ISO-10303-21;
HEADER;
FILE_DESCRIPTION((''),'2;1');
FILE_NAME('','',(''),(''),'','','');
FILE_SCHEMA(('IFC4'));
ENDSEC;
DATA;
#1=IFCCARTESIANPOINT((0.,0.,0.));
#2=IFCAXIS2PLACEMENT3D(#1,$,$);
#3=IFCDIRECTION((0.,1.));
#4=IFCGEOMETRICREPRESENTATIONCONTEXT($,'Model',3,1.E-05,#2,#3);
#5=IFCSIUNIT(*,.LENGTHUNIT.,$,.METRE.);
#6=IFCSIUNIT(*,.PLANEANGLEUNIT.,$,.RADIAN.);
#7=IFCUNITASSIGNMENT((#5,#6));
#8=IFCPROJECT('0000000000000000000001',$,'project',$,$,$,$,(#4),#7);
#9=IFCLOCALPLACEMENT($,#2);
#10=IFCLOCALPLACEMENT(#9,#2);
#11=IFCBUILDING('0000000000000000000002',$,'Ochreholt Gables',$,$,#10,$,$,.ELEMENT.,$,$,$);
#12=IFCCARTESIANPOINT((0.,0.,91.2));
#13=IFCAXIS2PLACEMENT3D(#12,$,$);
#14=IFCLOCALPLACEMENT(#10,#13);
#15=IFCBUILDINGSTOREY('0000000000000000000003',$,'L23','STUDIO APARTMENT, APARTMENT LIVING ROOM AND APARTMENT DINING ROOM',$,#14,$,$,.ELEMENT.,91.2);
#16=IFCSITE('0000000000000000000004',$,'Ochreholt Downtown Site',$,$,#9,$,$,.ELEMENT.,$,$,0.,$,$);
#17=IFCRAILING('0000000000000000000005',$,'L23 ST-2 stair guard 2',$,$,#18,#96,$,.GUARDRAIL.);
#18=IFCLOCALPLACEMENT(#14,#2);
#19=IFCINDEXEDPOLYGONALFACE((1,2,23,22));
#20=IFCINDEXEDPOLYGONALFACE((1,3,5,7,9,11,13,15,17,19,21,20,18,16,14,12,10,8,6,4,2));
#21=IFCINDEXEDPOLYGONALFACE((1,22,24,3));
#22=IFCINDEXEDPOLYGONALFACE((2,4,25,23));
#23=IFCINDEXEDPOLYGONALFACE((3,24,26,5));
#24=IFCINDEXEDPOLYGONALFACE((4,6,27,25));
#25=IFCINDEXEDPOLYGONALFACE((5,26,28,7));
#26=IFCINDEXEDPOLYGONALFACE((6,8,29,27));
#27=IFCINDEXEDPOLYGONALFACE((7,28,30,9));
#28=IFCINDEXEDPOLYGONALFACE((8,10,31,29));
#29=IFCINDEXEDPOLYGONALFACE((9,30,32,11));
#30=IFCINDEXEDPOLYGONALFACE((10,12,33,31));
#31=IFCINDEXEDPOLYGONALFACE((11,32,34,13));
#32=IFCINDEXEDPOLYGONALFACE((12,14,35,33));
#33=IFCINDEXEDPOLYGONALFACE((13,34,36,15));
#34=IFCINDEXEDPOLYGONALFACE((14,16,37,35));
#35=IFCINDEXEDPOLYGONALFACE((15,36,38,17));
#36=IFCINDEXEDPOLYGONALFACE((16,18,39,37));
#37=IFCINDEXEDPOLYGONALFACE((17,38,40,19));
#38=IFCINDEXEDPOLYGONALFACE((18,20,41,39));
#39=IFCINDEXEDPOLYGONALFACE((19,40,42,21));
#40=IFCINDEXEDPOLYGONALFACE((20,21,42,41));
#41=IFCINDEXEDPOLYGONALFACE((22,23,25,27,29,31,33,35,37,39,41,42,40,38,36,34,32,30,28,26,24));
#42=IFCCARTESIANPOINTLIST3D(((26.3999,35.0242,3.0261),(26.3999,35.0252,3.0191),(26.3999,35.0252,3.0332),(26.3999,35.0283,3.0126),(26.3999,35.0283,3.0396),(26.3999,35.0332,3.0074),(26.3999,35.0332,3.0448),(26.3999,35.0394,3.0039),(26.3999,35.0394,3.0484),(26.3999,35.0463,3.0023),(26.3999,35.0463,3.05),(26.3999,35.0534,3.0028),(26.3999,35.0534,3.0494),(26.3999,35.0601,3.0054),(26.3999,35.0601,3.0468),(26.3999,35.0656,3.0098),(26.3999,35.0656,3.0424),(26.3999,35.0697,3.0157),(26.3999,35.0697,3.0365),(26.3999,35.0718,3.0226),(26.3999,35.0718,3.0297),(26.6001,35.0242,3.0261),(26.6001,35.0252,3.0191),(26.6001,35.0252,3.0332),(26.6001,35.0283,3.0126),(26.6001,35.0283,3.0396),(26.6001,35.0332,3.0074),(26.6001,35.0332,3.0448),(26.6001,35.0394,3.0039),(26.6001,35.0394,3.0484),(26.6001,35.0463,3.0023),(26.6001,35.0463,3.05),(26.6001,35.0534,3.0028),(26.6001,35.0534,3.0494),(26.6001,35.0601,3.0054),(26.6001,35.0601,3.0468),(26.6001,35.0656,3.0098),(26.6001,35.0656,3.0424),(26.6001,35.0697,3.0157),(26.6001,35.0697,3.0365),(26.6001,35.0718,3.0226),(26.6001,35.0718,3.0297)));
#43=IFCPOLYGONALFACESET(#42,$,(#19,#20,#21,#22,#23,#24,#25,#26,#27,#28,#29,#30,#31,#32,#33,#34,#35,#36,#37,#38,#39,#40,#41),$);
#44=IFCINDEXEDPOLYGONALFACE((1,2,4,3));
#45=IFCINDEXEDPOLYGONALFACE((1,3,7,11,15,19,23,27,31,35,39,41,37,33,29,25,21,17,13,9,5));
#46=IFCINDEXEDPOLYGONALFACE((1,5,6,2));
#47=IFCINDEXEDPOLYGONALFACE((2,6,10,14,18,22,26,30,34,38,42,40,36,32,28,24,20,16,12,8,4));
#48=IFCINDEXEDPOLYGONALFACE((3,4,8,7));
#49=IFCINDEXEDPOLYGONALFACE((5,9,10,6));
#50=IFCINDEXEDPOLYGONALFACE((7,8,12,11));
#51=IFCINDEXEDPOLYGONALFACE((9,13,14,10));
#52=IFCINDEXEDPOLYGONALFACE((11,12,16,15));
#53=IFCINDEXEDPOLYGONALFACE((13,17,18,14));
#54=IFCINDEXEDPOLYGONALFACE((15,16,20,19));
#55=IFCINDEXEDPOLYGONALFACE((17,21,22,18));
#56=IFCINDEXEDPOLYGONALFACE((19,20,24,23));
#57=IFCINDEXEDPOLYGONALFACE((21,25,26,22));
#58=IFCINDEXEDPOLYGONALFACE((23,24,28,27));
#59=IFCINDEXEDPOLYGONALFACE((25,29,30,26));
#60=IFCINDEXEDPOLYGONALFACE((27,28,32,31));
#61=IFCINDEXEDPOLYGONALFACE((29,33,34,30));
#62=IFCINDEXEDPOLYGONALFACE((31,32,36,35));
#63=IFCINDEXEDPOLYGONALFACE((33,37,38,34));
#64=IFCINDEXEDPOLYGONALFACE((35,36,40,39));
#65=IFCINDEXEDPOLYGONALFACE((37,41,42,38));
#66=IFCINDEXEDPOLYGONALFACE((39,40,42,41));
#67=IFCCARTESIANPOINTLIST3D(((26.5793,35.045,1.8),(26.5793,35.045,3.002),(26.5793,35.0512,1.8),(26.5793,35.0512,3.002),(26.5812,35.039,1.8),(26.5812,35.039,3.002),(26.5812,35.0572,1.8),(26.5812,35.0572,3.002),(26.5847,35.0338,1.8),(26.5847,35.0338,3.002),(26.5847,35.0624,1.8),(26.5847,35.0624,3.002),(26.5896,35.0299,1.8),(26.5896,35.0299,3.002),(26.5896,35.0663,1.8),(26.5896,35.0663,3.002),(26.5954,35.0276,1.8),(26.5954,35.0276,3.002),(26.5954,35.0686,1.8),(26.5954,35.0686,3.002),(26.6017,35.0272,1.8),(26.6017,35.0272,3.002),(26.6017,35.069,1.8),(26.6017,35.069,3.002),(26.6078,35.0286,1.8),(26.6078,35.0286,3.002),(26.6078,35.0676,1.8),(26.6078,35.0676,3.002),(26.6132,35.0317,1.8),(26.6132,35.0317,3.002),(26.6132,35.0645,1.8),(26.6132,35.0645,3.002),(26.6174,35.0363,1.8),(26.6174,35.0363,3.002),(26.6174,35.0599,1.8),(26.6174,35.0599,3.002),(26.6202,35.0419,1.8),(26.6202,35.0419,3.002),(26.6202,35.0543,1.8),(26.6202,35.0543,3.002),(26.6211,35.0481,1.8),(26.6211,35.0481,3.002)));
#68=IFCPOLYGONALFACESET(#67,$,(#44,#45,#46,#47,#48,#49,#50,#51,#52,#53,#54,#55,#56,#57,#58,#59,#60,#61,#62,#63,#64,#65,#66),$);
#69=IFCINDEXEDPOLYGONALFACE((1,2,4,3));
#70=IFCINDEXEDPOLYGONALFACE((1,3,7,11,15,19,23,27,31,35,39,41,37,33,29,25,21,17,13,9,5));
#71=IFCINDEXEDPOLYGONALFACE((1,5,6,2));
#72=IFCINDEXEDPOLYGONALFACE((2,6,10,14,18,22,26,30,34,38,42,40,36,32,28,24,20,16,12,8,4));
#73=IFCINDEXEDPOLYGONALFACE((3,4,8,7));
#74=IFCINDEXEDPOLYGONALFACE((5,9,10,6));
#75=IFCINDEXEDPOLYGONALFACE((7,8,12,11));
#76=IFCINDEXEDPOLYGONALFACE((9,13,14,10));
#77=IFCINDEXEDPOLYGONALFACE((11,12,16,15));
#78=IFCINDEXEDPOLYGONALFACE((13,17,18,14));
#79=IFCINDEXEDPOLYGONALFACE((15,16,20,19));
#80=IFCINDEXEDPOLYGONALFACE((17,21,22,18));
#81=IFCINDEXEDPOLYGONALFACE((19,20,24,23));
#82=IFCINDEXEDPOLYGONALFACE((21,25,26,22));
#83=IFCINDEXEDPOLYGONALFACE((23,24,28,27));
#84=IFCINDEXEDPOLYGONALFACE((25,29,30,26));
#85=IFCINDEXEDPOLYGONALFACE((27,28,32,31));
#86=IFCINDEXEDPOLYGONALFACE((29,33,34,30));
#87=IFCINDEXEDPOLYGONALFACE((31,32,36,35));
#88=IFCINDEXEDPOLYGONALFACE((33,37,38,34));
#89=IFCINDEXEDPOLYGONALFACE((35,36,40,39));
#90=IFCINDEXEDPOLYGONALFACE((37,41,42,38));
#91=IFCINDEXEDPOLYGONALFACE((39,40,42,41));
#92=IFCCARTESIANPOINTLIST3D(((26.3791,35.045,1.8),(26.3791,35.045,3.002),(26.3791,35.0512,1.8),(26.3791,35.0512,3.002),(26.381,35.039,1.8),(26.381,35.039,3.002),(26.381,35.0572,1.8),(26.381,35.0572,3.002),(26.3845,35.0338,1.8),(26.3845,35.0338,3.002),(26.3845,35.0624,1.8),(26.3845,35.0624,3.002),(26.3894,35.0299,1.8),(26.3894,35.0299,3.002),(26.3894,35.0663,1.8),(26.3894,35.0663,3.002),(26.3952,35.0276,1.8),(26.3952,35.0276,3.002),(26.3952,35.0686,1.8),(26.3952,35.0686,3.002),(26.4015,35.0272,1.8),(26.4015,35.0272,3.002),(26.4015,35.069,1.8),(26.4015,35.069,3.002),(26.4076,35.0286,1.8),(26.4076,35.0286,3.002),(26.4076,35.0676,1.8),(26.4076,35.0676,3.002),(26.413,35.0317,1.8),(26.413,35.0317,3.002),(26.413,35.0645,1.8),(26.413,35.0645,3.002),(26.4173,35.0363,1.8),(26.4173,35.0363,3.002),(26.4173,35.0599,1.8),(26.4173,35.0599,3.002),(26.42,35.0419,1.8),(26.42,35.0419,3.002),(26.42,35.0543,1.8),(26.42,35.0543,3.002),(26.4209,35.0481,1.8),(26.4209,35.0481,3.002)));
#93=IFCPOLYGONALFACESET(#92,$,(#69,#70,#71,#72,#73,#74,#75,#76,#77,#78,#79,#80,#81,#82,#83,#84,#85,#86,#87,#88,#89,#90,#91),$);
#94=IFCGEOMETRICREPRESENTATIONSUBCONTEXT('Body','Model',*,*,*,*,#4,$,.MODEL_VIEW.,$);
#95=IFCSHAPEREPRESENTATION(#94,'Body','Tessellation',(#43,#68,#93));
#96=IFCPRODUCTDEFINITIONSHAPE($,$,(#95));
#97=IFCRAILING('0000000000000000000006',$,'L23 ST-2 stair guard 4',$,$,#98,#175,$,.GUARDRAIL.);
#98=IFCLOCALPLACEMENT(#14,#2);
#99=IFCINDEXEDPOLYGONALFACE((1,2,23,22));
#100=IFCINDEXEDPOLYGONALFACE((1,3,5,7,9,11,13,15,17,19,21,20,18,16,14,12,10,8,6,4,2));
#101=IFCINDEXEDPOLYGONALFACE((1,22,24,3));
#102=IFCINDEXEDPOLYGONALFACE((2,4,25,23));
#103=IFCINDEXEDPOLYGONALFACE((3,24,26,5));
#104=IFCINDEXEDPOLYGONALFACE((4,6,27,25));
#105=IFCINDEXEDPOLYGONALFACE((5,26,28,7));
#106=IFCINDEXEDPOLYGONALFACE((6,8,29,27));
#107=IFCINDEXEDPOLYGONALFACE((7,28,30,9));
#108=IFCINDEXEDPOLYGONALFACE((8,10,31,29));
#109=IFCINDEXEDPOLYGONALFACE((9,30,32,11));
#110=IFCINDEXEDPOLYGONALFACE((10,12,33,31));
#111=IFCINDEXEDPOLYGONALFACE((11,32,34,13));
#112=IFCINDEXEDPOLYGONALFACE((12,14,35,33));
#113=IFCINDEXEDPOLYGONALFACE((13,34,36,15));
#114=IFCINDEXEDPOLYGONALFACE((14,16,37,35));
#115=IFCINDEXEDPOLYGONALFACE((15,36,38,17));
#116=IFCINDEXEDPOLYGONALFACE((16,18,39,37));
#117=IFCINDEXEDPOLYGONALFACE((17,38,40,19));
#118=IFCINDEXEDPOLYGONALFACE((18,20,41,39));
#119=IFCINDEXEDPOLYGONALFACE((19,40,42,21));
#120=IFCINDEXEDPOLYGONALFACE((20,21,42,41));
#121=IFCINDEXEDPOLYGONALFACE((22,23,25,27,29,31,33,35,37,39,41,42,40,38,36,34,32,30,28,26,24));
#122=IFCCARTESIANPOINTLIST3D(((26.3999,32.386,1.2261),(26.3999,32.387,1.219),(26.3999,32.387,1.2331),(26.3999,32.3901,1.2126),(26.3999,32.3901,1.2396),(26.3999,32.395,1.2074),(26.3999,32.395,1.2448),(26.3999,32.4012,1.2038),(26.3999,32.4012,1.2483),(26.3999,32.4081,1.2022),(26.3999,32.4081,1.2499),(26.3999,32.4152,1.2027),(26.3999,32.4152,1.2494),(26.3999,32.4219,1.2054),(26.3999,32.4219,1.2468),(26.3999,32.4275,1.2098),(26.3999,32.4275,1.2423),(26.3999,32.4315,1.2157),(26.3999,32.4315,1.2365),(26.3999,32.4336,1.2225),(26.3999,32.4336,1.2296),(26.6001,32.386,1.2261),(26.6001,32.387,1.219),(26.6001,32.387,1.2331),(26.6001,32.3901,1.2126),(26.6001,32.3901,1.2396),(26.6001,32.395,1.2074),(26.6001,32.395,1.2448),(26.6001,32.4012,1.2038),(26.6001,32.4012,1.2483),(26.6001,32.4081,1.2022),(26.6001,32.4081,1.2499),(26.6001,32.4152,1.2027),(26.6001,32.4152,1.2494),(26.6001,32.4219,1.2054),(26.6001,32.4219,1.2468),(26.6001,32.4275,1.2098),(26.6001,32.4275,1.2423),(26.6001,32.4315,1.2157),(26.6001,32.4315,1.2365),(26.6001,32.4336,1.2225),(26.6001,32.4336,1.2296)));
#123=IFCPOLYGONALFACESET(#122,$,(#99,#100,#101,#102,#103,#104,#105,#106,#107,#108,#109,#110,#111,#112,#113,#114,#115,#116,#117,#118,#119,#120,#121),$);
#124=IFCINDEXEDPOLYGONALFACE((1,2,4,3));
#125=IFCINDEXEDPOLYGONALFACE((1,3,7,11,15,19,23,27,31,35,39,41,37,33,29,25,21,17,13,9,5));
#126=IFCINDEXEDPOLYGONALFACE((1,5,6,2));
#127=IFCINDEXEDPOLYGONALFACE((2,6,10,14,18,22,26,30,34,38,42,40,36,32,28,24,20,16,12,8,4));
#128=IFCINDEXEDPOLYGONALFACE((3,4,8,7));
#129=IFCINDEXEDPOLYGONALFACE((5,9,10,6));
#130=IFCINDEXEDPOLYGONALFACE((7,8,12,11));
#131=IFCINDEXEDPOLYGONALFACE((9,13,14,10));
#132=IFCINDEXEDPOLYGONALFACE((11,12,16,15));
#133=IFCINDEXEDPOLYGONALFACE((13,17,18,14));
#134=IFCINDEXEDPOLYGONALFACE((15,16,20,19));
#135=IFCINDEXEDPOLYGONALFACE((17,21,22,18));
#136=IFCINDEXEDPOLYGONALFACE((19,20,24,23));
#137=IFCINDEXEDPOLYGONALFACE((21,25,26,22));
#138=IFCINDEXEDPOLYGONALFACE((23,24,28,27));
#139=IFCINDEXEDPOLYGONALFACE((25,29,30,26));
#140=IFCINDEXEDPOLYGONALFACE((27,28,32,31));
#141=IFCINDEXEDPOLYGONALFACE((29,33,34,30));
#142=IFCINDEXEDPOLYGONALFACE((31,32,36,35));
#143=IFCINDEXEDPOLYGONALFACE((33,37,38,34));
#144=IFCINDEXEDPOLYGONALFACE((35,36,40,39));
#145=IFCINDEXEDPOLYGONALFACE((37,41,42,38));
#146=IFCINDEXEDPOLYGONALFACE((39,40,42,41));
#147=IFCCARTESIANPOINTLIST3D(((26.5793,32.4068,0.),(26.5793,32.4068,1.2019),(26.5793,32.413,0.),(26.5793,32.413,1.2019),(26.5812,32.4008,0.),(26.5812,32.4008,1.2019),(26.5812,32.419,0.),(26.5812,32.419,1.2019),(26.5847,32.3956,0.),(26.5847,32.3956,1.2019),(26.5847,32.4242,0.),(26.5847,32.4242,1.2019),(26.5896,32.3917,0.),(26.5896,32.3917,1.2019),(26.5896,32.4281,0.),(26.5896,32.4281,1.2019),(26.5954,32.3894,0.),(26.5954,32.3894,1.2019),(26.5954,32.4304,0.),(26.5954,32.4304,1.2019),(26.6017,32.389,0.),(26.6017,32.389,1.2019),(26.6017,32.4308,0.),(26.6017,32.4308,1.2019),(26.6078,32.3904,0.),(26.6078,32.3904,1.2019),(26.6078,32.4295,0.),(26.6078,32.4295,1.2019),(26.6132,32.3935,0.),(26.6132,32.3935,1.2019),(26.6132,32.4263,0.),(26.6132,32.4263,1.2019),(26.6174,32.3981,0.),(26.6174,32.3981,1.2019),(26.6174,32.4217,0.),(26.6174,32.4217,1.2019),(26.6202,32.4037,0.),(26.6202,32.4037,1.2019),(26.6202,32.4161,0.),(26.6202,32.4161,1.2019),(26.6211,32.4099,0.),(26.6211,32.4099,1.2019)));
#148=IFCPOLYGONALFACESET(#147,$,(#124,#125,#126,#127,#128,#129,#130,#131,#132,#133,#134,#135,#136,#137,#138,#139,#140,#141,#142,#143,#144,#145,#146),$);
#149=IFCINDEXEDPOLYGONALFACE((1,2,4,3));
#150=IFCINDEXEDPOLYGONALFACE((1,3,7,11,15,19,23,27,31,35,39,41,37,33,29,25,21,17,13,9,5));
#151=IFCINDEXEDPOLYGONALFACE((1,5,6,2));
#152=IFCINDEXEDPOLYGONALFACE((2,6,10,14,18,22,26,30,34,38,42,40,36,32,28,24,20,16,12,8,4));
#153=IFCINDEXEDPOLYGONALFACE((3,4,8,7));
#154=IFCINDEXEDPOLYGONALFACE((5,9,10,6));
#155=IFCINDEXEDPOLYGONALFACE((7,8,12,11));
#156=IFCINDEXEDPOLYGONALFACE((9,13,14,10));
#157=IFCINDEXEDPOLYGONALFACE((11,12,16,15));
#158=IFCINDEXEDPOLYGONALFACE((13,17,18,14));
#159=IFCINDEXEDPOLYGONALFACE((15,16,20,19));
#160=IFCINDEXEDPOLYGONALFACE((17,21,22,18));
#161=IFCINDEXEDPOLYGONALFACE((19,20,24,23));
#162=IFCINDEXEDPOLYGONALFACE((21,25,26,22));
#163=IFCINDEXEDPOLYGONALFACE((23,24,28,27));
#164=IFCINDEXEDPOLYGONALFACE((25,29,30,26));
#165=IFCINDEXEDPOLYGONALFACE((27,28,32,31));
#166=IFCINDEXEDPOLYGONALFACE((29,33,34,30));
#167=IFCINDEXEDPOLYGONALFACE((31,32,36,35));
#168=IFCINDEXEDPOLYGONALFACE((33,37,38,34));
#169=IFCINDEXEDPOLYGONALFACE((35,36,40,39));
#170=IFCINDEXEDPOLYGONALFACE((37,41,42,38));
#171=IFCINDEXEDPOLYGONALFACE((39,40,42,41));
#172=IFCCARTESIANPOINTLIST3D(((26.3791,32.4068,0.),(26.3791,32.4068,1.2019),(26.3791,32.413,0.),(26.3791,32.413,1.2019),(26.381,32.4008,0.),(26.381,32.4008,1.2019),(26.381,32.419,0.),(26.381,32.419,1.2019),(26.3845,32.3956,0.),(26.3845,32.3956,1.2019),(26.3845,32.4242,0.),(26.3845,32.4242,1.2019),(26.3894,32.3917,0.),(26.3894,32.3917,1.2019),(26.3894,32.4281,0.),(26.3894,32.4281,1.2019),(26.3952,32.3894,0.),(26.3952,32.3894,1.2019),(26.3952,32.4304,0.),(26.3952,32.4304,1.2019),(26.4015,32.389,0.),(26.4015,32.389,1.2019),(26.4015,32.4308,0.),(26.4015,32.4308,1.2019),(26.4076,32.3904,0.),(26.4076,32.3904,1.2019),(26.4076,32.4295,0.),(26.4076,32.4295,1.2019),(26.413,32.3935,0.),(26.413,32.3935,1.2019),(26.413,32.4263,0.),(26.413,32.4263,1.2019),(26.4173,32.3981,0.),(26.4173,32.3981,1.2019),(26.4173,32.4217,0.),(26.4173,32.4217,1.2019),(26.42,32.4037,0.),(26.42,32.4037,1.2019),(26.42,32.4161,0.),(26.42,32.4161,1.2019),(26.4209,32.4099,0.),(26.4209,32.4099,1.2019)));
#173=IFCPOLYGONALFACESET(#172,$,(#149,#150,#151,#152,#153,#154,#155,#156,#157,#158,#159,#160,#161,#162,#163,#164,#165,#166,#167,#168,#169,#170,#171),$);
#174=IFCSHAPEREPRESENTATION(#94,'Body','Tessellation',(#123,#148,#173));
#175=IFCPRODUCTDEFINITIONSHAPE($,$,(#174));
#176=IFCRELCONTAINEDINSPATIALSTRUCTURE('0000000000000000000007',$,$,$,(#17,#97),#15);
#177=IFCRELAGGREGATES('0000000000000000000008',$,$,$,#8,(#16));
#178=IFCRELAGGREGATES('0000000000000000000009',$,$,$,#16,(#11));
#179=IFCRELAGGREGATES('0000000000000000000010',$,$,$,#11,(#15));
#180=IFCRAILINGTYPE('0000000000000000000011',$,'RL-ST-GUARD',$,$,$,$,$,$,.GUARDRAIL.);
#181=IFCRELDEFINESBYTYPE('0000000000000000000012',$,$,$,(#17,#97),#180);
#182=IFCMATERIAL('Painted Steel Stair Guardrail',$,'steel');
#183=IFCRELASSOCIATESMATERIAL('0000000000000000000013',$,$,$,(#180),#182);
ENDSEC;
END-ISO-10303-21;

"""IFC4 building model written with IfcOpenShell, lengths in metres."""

from ifc_helpers import new_model, si_unit, direction, frame, origin, origin_2d, place, context, subcontext, project, spatial, circle, extrude, material, type_object, element, save


model = new_model("IFC4")

# Units and contexts
model_context = context("Model", 3, precision=1e-05, world=origin(), true_north=direction((0.0, 1.0)))
body_context = subcontext(model_context, "Body", "Model", "MODEL_VIEW")
ifc_project = project(units=[si_unit("LENGTHUNIT", "METRE"), si_unit("PLANEANGLEUNIT", "RADIAN")], contexts=[model_context])

# Site, building, storey
site_placement = place(None, origin())
site = spatial("IfcSite", under=ifc_project, at=site_placement, Name="Ochreholt Downtown Site", CompositionType="ELEMENT", RefElevation=0.0)
building_placement = place(site_placement, origin())
building = spatial("IfcBuilding", under=site, at=building_placement, Name="Ochreholt Gables", CompositionType="ELEMENT")
storey_placement = place(building_placement, frame((0.0, 0.0, 91.2)))
storey = spatial("IfcBuildingStorey", under=building, at=storey_placement, Name="L23", Description="STUDIO APARTMENT, APARTMENT LIVING ROOM AND APARTMENT DINING ROOM", CompositionType="ELEMENT", Elevation=91.2)

# Railings
ifc_material_1 = material(Name="Painted Steel Stair Guardrail", Category="steel")
railing_type_1 = type_object("IfcRailingType", Name="RL-ST-GUARD", PredefinedType="GUARDRAIL", material=ifc_material_1)
for number, where, name in (
    (1, (26.6001, 35.0481, 1.8), "L23 ST-2 stair guard 2"),
    (2, (26.6001, 32.4099, 0.0), "L23 ST-2 stair guard 4"),
):
    element("IfcRailing", number, at=place(storey_placement, frame(where)), inside=storey, type_object=railing_type_1, Name=name, PredefinedType="GUARDRAIL", context=body_context, shape_type="SweptSolid", body=[
        extrude(circle(Radius=0.0239, at=origin_2d()), frame((0.0, 0.0, 1.2261), z_axis=(-1.0, 0.0, 0.0), x_axis=(0.0, -1.0, 0.0)), (0.0, 0.0, 1.0), 0.2002),
        extrude(circle(Radius=0.021, at=origin_2d()), origin(), (0.0, 0.0, 1.0), 1.2019),
        extrude(circle(Radius=0.021, at=origin_2d()), frame((-0.2002, 0.0, 0.0)), (0.0, 0.0, 1.0), 1.2019),
    ])

save(model, "model.ifc")
